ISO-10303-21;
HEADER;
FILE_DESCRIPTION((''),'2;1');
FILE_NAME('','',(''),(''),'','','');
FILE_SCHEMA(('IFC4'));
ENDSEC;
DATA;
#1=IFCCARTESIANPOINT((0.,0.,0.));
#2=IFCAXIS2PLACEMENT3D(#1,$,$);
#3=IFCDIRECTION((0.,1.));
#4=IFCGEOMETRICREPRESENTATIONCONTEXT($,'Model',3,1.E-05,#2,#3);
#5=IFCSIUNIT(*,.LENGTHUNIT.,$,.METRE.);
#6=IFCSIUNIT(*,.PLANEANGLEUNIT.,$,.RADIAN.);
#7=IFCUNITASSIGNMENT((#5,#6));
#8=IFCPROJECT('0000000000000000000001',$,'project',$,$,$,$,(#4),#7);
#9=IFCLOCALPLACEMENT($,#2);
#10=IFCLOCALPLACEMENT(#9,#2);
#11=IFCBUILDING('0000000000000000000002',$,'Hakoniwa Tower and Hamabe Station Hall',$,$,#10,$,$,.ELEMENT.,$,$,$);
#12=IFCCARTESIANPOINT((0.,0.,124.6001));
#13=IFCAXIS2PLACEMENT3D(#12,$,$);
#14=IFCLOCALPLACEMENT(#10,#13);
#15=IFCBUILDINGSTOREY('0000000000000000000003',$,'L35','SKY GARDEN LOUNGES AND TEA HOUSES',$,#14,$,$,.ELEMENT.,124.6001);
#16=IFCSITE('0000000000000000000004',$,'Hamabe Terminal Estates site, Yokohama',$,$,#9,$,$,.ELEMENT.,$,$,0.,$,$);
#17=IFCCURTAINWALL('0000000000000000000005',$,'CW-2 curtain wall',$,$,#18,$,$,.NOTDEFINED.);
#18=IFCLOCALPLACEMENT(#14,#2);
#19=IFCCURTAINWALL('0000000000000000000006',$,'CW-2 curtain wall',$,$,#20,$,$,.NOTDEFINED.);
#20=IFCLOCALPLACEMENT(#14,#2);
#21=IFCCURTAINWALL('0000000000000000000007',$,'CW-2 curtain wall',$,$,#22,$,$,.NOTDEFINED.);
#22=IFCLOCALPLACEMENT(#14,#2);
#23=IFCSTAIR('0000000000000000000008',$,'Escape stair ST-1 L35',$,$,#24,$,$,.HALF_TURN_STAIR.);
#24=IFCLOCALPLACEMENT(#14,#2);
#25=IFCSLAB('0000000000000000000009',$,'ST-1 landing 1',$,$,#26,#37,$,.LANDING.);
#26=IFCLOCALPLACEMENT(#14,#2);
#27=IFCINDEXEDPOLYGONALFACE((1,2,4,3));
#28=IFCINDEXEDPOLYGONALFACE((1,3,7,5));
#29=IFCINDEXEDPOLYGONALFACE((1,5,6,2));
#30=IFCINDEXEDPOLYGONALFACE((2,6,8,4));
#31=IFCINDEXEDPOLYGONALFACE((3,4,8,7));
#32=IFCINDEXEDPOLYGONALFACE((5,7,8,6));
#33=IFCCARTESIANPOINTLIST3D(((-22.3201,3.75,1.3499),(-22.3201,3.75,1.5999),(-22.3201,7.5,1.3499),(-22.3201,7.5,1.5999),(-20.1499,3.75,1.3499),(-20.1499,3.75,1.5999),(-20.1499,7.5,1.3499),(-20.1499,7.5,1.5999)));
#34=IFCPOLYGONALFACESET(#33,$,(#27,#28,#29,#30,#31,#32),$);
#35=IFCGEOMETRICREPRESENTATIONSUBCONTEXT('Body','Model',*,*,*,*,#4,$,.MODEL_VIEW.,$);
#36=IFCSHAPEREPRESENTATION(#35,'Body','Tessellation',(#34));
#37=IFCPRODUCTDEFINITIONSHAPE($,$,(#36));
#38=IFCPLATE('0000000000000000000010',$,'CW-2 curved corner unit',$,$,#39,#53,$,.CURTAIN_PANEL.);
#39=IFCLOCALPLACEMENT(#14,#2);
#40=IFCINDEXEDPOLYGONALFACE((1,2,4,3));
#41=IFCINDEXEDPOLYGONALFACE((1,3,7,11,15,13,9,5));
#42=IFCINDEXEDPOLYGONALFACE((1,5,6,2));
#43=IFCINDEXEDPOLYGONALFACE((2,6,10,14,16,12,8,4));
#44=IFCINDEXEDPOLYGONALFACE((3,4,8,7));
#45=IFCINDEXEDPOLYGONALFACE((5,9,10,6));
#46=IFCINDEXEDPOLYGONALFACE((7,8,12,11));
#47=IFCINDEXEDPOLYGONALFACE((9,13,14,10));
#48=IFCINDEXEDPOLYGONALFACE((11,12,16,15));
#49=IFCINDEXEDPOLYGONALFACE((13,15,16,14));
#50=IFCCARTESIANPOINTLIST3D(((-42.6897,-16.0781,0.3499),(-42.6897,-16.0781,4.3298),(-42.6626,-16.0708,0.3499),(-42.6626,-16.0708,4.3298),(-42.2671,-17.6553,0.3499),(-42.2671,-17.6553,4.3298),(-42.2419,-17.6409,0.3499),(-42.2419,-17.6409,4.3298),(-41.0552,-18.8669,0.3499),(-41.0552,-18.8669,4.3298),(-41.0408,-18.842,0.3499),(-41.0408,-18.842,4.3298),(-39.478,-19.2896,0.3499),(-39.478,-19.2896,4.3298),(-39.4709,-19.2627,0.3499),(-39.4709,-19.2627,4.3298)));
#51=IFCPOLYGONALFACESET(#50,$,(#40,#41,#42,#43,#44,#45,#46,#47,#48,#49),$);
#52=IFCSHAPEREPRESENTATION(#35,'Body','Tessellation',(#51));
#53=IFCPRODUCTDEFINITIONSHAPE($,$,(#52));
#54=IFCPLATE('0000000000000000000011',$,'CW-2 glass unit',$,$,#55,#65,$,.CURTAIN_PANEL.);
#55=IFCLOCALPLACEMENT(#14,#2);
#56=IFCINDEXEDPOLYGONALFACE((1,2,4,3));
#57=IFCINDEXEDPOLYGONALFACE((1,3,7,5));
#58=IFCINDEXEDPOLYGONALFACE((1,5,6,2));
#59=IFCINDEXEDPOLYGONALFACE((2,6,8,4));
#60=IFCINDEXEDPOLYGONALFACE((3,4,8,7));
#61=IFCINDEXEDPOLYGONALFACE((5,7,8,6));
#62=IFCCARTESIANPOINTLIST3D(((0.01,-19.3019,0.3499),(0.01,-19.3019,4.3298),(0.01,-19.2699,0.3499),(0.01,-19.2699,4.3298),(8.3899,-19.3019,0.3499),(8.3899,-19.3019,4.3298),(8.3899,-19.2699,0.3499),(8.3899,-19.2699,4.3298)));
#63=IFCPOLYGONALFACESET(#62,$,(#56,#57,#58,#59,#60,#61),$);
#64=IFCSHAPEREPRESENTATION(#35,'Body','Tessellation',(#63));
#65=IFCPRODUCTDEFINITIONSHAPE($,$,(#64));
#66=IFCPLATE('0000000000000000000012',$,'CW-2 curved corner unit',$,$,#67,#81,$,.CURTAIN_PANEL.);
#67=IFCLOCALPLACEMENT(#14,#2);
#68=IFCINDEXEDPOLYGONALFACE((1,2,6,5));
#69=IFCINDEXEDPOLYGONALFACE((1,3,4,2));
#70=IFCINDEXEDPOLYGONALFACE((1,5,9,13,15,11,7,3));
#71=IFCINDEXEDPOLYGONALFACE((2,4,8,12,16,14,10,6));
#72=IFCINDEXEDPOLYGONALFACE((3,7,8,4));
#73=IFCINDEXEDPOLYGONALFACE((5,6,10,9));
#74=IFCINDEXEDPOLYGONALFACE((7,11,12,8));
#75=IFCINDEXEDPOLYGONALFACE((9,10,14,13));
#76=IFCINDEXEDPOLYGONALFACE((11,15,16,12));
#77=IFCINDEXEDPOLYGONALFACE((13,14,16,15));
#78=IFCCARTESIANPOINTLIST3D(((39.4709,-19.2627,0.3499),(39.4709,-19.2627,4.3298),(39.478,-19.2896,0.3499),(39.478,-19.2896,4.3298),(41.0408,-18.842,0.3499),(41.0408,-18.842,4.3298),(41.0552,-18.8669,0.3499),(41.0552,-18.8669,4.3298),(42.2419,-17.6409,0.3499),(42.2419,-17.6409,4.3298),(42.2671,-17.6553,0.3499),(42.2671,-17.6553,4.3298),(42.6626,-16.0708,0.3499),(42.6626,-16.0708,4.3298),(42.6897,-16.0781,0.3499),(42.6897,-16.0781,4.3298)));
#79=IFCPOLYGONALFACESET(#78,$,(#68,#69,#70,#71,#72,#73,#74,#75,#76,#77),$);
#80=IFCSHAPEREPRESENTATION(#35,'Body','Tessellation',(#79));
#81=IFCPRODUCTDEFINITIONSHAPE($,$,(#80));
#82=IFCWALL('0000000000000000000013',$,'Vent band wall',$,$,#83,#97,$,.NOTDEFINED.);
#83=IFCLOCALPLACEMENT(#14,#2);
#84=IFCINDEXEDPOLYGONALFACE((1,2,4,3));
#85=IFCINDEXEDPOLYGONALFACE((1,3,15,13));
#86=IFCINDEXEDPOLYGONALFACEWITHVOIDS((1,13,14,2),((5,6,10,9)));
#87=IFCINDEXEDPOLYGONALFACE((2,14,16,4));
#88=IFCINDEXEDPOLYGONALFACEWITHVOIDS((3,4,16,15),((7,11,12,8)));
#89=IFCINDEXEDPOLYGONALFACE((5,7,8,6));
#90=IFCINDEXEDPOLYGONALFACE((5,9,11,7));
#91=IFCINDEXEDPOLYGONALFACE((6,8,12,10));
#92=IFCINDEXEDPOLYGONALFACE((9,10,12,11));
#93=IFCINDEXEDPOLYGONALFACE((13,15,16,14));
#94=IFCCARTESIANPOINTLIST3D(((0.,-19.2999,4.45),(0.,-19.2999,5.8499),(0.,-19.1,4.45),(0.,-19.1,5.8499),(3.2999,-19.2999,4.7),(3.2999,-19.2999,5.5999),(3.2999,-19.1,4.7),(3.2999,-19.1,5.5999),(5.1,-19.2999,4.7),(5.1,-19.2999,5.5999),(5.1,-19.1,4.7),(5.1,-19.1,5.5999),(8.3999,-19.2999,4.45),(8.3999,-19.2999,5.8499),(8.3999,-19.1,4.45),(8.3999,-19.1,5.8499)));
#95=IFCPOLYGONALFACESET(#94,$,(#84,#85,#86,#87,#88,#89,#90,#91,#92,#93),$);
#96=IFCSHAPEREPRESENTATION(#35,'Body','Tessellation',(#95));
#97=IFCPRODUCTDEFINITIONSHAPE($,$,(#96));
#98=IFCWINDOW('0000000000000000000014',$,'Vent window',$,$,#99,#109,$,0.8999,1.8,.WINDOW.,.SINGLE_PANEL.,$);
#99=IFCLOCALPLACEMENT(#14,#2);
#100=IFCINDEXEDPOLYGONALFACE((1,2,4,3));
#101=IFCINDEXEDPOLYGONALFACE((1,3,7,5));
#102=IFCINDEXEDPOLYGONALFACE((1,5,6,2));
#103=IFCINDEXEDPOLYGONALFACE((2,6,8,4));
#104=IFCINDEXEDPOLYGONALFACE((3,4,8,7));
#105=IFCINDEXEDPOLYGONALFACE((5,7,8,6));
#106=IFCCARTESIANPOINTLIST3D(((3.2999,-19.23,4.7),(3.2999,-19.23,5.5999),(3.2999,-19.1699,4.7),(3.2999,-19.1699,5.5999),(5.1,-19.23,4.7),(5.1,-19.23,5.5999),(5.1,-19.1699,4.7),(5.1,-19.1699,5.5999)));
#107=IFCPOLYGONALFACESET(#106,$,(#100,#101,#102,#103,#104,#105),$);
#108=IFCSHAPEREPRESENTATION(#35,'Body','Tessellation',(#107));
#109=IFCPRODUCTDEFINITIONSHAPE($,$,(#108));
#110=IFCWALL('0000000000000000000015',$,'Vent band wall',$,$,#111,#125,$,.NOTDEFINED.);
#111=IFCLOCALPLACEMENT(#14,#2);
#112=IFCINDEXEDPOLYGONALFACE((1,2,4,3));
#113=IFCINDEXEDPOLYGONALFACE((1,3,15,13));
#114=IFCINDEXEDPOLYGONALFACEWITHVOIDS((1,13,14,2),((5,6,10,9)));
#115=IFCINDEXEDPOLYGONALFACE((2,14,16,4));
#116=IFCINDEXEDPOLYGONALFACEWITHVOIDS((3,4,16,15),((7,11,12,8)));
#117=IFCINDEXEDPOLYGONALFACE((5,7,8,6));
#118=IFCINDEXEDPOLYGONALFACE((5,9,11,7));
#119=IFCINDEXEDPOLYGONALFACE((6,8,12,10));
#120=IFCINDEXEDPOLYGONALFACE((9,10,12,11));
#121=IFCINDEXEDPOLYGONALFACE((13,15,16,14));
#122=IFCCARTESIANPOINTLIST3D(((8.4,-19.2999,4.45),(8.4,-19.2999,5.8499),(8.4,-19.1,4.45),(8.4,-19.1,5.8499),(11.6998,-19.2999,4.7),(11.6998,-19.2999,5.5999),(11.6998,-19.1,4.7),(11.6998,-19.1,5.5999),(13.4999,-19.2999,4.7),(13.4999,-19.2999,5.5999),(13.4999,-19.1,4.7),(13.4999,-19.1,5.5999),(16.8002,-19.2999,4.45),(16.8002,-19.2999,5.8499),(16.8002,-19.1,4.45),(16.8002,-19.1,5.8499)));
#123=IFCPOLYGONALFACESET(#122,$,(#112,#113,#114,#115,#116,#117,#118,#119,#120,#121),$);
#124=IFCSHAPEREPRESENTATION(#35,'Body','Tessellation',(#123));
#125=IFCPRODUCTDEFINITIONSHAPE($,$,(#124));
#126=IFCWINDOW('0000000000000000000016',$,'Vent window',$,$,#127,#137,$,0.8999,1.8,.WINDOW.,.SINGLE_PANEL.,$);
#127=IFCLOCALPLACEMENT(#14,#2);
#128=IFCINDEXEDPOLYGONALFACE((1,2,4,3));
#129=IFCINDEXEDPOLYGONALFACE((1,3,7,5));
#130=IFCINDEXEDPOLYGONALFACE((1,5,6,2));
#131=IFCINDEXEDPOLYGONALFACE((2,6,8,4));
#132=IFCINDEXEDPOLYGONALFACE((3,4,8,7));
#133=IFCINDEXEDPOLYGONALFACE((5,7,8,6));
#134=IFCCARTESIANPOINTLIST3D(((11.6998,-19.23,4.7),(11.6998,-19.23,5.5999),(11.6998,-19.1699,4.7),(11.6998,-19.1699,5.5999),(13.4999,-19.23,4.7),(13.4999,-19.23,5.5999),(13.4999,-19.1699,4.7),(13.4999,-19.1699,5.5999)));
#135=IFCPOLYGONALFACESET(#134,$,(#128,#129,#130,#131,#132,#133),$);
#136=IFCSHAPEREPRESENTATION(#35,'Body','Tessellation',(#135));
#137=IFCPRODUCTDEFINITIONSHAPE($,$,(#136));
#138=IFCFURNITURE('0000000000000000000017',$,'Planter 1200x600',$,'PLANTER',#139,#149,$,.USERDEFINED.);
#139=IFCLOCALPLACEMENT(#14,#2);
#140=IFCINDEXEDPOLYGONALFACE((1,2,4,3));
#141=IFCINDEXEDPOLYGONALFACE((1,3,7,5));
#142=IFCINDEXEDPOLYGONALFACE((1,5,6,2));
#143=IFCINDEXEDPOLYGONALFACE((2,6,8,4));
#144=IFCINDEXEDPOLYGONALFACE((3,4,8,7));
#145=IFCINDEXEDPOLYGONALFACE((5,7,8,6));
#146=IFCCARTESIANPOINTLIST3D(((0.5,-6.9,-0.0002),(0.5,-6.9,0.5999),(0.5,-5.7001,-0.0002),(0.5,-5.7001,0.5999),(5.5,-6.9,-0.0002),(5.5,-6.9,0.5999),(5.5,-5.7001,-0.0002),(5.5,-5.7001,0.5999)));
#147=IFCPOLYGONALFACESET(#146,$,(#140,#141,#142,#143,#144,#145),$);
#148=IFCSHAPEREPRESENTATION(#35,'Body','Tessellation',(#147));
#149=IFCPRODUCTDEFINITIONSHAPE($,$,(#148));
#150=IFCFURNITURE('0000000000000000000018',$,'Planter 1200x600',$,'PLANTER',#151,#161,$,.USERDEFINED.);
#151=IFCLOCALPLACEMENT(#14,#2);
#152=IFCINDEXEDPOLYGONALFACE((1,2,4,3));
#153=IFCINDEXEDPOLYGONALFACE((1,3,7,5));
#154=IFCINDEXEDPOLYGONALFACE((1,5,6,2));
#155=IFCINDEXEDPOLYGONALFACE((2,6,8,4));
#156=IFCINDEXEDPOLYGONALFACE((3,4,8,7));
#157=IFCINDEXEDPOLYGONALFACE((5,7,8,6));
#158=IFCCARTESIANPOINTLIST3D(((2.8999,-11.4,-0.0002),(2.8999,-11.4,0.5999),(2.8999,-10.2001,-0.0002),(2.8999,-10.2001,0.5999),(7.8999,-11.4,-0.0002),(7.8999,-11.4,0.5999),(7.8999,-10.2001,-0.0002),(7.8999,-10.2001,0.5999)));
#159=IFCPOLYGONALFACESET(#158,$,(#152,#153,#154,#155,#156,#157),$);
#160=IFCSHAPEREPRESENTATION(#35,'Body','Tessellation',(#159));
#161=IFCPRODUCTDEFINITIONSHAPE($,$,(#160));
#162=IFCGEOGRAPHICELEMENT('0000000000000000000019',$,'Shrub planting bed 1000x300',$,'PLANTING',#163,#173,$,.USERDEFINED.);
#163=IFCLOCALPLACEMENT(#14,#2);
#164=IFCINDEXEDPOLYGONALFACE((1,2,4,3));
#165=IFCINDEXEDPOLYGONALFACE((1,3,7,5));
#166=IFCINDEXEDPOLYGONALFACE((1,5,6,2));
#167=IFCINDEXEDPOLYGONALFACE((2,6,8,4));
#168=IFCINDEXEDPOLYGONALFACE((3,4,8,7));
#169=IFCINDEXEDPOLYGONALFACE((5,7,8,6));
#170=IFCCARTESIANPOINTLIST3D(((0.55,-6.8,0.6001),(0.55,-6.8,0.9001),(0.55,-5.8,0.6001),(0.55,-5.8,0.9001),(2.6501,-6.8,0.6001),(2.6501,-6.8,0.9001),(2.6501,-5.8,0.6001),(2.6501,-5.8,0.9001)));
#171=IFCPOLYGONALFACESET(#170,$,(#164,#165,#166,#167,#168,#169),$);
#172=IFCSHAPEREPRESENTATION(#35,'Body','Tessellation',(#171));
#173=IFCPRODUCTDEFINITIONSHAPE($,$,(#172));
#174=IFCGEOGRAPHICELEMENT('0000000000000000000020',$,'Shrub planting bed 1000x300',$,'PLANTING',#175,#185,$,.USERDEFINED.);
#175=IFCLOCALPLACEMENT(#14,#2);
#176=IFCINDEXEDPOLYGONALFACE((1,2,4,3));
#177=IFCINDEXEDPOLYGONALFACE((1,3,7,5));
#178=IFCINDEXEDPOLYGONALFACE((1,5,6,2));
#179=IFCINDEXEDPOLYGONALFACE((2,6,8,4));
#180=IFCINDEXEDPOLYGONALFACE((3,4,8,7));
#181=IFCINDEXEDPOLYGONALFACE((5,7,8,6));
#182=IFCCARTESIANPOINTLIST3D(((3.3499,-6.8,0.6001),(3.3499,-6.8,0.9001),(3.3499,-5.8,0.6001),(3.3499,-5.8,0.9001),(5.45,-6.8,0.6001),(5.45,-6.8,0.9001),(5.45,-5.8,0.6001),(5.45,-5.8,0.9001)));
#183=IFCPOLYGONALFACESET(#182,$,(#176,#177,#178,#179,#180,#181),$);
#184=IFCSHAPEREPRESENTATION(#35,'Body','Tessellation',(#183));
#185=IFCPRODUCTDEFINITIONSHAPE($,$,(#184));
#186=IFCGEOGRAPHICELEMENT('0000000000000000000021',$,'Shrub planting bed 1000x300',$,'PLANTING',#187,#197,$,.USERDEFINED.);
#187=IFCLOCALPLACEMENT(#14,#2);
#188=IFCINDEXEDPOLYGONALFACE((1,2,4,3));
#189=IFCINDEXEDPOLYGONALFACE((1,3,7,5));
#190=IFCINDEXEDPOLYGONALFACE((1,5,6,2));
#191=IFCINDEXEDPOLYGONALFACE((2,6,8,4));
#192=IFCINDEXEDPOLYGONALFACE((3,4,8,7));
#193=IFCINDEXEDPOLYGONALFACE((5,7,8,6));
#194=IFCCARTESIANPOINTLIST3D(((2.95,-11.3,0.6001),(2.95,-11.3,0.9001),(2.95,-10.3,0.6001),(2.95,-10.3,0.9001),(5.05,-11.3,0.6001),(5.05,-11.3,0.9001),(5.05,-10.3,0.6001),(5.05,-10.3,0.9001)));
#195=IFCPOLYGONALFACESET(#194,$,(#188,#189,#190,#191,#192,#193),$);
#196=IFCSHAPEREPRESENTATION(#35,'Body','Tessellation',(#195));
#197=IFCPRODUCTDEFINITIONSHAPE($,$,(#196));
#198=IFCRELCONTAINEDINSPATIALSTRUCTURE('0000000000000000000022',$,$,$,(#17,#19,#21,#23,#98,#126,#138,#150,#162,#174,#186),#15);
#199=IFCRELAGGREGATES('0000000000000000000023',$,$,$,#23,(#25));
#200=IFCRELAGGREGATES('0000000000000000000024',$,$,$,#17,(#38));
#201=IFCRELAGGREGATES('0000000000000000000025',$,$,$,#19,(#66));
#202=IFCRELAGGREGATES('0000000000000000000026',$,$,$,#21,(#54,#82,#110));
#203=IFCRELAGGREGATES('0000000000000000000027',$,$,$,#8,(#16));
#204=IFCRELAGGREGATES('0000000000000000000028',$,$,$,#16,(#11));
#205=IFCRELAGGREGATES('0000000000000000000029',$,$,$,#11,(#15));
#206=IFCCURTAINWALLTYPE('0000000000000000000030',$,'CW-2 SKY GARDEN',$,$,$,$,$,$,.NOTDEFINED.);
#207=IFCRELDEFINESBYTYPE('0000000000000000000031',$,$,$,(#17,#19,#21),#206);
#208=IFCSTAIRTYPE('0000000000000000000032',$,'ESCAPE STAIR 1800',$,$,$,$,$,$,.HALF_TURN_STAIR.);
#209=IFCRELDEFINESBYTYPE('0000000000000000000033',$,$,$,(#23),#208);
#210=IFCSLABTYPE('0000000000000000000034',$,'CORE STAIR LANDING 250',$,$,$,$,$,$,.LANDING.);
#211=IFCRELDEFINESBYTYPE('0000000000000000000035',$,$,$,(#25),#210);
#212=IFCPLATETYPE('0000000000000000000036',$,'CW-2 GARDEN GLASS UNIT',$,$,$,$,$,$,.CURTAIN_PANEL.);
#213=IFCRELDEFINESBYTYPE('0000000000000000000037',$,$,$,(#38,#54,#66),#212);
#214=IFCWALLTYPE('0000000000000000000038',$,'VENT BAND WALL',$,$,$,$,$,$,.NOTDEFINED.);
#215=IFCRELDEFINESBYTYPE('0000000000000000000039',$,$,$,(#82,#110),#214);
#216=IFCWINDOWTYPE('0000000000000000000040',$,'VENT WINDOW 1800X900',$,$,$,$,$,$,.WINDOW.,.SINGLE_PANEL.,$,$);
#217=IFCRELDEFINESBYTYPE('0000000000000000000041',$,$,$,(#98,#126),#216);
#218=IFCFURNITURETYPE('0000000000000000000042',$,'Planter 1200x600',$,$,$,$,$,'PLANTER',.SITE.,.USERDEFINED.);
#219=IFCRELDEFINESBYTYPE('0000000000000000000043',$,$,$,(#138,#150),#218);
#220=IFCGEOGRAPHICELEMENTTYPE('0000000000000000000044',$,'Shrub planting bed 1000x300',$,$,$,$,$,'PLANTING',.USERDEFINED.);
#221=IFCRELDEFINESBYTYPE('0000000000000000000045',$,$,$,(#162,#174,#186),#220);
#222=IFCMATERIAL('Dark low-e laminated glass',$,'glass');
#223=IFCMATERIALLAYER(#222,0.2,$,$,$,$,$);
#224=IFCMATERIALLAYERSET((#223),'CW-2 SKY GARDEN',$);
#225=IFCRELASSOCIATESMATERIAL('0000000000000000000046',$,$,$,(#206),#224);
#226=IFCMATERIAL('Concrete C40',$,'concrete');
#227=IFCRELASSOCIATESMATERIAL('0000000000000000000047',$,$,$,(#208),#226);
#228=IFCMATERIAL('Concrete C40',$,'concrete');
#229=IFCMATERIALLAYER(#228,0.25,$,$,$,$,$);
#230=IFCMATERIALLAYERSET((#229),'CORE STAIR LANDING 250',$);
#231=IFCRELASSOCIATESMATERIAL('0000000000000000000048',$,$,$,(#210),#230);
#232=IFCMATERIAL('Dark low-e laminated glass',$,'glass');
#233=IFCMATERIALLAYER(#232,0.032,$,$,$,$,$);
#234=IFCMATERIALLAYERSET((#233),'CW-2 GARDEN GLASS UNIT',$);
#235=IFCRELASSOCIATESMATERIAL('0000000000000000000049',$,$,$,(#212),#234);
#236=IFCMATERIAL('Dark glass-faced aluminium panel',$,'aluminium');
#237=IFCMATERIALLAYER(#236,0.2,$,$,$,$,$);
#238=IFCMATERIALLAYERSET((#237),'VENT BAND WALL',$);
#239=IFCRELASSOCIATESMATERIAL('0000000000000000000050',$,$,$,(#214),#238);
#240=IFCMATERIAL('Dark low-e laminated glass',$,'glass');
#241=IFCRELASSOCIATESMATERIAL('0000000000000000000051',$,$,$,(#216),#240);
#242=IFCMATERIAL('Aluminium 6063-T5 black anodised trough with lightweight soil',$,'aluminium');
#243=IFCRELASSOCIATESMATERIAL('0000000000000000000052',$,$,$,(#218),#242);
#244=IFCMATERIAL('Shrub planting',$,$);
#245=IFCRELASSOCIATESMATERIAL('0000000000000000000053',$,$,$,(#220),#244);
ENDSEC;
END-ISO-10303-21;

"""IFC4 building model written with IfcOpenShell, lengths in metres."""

from ifc_helpers import new_model, si_unit, direction, frame, frame_2d, origin, origin_2d, place, context, subcontext, project, spatial, polyline, rectangle, outline, extrude, material, layer, layer_set, type_object, element, fill, aggregate, save


model = new_model("IFC4")

# Units and contexts
model_context = context("Model", 3, precision=1e-05, world=origin(), true_north=direction((0.0, 1.0)))
body_context = subcontext(model_context, "Body", "Model", "MODEL_VIEW")
ifc_project = project(units=[si_unit("LENGTHUNIT", "METRE"), si_unit("PLANEANGLEUNIT", "RADIAN")], contexts=[model_context])

# Site, building, storey
site_placement = place(None, origin())
site = spatial("IfcSite", under=ifc_project, at=site_placement, Name="Hamabe Terminal Estates site, Yokohama", CompositionType="ELEMENT", RefElevation=0.0)
building_placement = place(site_placement, origin())
building = spatial("IfcBuilding", under=site, at=building_placement, Name="Hakoniwa Tower and Hamabe Station Hall", CompositionType="ELEMENT")
storey_placement = place(building_placement, frame((0.0, 0.0, 124.6001)))
storey = spatial("IfcBuildingStorey", under=building, at=storey_placement, Name="L35", Description="SKY GARDEN LOUNGES AND TEA HOUSES", CompositionType="ELEMENT", Elevation=124.6001)

# Curtain walls
ifc_material_1 = material(Name="Dark low-e laminated glass", Category="glass")
ifc_layer_1 = layer(ifc_material_1, 0.2)
ifc_layer_set_1 = layer_set([ifc_layer_1], Name="CW-2 SKY GARDEN")
curtain_wall_type = type_object("IfcCurtainWallType", Name="CW-2 SKY GARDEN", PredefinedType="NOTDEFINED", material=ifc_layer_set_1)
curtain_wall_1_placement = place(storey_placement, origin())
curtain_wall_1 = element("IfcCurtainWall", 1, at=curtain_wall_1_placement, inside=storey, type_object=curtain_wall_type, Name="CW-2 curtain wall", PredefinedType="NOTDEFINED")
curtain_wall_2_placement = place(storey_placement, origin())
curtain_wall_2 = element("IfcCurtainWall", 2, at=curtain_wall_2_placement, inside=storey, type_object=curtain_wall_type, Name="CW-2 curtain wall", PredefinedType="NOTDEFINED")

# Curtain wall
curtain_wall_3_placement = place(storey_placement, origin())
curtain_wall_3 = element("IfcCurtainWall", 3, at=curtain_wall_3_placement, inside=storey, type_object=curtain_wall_type, Name="CW-2 curtain wall", PredefinedType="NOTDEFINED")

# Stair, slab
ifc_material_2 = material(Name="Concrete C40", Category="concrete")
stair_type = type_object("IfcStairType", Name="ESCAPE STAIR 1800", PredefinedType="HALF_TURN_STAIR", material=ifc_material_2)
stair_placement = place(storey_placement, origin())
stair = element("IfcStair", 4, at=stair_placement, inside=storey, type_object=stair_type, Name="Escape stair ST-1 L35", PredefinedType="HALF_TURN_STAIR")
ifc_material_3 = material(Name="Concrete C40", Category="concrete")
ifc_layer_2 = layer(ifc_material_3, 0.25)
ifc_layer_set_2 = layer_set([ifc_layer_2], Name="CORE STAIR LANDING 250")
slab_type = type_object("IfcSlabType", Name="CORE STAIR LANDING 250", PredefinedType="LANDING", material=ifc_layer_set_2)
slab_placement = place(storey_placement, frame((0.0, 0.0, 1.3499)))
slab = element("IfcSlab", 5, at=slab_placement, type_object=slab_type, Name="ST-1 landing 1", PredefinedType="LANDING", context=body_context, shape_type="SweptSolid", body=[
    extrude(outline(polyline([(-22.3201, 3.75), (-20.1499, 3.75), (-20.1499, 7.5), (-22.3201, 7.5), (-22.3201, 3.75)])), origin(), (0.0, 0.0, 1.0), 0.25),
])
aggregate(stair, [slab])

# Plates
ifc_material_4 = material(Name="Dark low-e laminated glass", Category="glass")
ifc_layer_3 = layer(ifc_material_4, 0.032)
ifc_layer_set_3 = layer_set([ifc_layer_3], Name="CW-2 GARDEN GLASS UNIT")
plate_type = type_object("IfcPlateType", Name="CW-2 GARDEN GLASS UNIT", PredefinedType="CURTAIN_PANEL", material=ifc_layer_set_3)
plate_1_placement = place(storey_placement, frame((0.0, 0.0, 0.3499)))
plate_1 = element("IfcPlate", 6, at=plate_1_placement, type_object=plate_type, Name="CW-2 curved corner unit", PredefinedType="CURTAIN_PANEL", context=body_context, shape_type="SweptSolid", body=[
    extrude(outline(polyline([(-42.6897, -16.0781), (-42.2671, -17.6553), (-41.0552, -18.8669), (-39.478, -19.2896), (-39.4709, -19.2627), (-41.0408, -18.842), (-42.2419, -17.6409), (-42.6626, -16.0708), (-42.6897, -16.0781)])), origin(), (0.0, 0.0, 1.0), 3.98),
])
aggregate(curtain_wall_1, [plate_1])
plate_2_placement = place(storey_placement, frame((4.2, -19.2859, 0.3499), z_axis=(0.0, 0.0, 1.0), x_axis=(1.0, 0.0, 0.0)))
plate_2 = element("IfcPlate", 7, at=plate_2_placement, type_object=plate_type, Name="CW-2 glass unit", PredefinedType="CURTAIN_PANEL", context=body_context, shape_type="SweptSolid", body=[
    extrude(rectangle(XDim=8.3799, YDim=0.032, at=origin_2d()), origin(), (0.0, 0.0, 1.0), 3.98),
])
plate_3_placement = place(storey_placement, frame((0.0, 0.0, 0.3499)))
plate_3 = element("IfcPlate", 8, at=plate_3_placement, type_object=plate_type, Name="CW-2 curved corner unit", PredefinedType="CURTAIN_PANEL", context=body_context, shape_type="SweptSolid", body=[
    extrude(outline(polyline([(39.478, -19.2896), (41.0552, -18.8669), (42.2671, -17.6553), (42.6897, -16.0781), (42.6626, -16.0708), (42.2419, -17.6409), (41.0408, -18.842), (39.4709, -19.2627), (39.478, -19.2896)])), origin(), (0.0, 0.0, 1.0), 3.98),
])
aggregate(curtain_wall_2, [plate_3])

# Walls, openings, windows
ifc_material_5 = material(Name="Dark glass-faced aluminium panel", Category="aluminium")
ifc_layer_4 = layer(ifc_material_5, 0.2)
ifc_layer_set_4 = layer_set([ifc_layer_4], Name="VENT BAND WALL")
wall_type = type_object("IfcWallType", Name="VENT BAND WALL", PredefinedType="NOTDEFINED", material=ifc_layer_set_4)
wall_1_placement = place(storey_placement, frame((0.0, -19.2, 4.45), z_axis=(0.0, 0.0, 1.0), x_axis=(1.0, 0.0, 0.0)))
wall_1 = element("IfcWall", 9, at=wall_1_placement, type_object=wall_type, Name="Vent band wall", PredefinedType="NOTDEFINED", context=body_context, shape_type="SweptSolid", body=[
    extrude(rectangle(XDim=8.3999, YDim=0.2, at=frame_2d((4.2, 0.0))), origin(), (0.0, 0.0, 1.0), 1.3999),
])
opening_1_placement = place(wall_1_placement, frame((3.3, 0.0, 0.25)))
opening_1 = element("IfcOpeningElement", 10, at=opening_1_placement, cuts=wall_1, PredefinedType="OPENING", context=body_context, shape_type="SweptSolid", body=[
    extrude(rectangle(XDim=1.8, YDim=0.8999, at=frame_2d((0.8999, 0.45))), frame((0.0, 0.1099, 0.0), z_axis=(0.0, -1.0, 0.0), x_axis=(1.0, 0.0, 0.0)), (0.0, 0.0, 1.0), 0.22),
])
ifc_material_6 = material(Name="Dark low-e laminated glass", Category="glass")
window_type = type_object("IfcWindowType", Name="VENT WINDOW 1800X900", PartitioningType="SINGLE_PANEL", PredefinedType="WINDOW", material=ifc_material_6)
window_1_placement = place(opening_1_placement, origin())
window_1 = element("IfcWindow", 11, at=window_1_placement, inside=storey, type_object=window_type, Name="Vent window", OverallHeight=0.8999, OverallWidth=1.8, PartitioningType="SINGLE_PANEL", PredefinedType="WINDOW", context=body_context, shape_type="SweptSolid", body=[
    extrude(rectangle(XDim=1.8, YDim=0.8999, at=frame_2d((0.8999, 0.45))), frame((0.0, 0.03, 0.0), z_axis=(0.0, -1.0, 0.0), x_axis=(1.0, 0.0, 0.0)), (0.0, 0.0, 1.0), 0.0601),
])
fill(opening_1, window_1)
wall_2_placement = place(storey_placement, frame((8.3999, -19.2, 4.45), z_axis=(0.0, 0.0, 1.0), x_axis=(1.0, 0.0, 0.0)))
wall_2 = element("IfcWall", 12, at=wall_2_placement, type_object=wall_type, Name="Vent band wall", PredefinedType="NOTDEFINED", context=body_context, shape_type="SweptSolid", body=[
    extrude(rectangle(XDim=8.4001, YDim=0.2, at=frame_2d((4.2002, 0.0))), origin(), (0.0, 0.0, 1.0), 1.3999),
])
opening_2_placement = place(wall_2_placement, frame((3.3, 0.0, 0.25)))
opening_2 = element("IfcOpeningElement", 13, at=opening_2_placement, cuts=wall_2, PredefinedType="OPENING", context=body_context, shape_type="SweptSolid", body=[
    extrude(rectangle(XDim=1.8, YDim=0.8999, at=frame_2d((0.8999, 0.45))), frame((0.0, 0.1099, 0.0), z_axis=(0.0, -1.0, 0.0), x_axis=(1.0, 0.0, 0.0)), (0.0, 0.0, 1.0), 0.22),
])
window_2_placement = place(opening_2_placement, origin())
window_2 = element("IfcWindow", 14, at=window_2_placement, inside=storey, type_object=window_type, Name="Vent window", OverallHeight=0.8999, OverallWidth=1.8, PartitioningType="SINGLE_PANEL", PredefinedType="WINDOW", context=body_context, shape_type="SweptSolid", body=[
    extrude(rectangle(XDim=1.8, YDim=0.8999, at=frame_2d((0.8999, 0.45))), frame((0.0, 0.03, 0.0), z_axis=(0.0, -1.0, 0.0), x_axis=(1.0, 0.0, 0.0)), (0.0, 0.0, 1.0), 0.0601),
])
fill(opening_2, window_2)
aggregate(curtain_wall_3, [plate_2, wall_1, wall_2])

# Furniture
ifc_material_7 = material(Name="Aluminium 6063-T5 black anodised trough with lightweight soil", Category="aluminium")
furniture_type = type_object("IfcFurnitureType", Name="Planter 1200x600", ElementType="PLANTER", AssemblyPlace="SITE", PredefinedType="USERDEFINED", material=ifc_material_7)
for number, where, z_axis, x_axis, name in (
    (15, (3.0, -6.3, -0.0002), (0.0, 0.0, 1.0), (1.0, 0.0, 0.0), "Planter 1200x600"),
    (16, (5.3999, -10.8, -0.0002), (0.0, 0.0, 1.0), (1.0, 0.0, 0.0), "Planter 1200x600"),
):
    element("IfcFurniture", number, at=place(storey_placement, frame(where, z_axis=z_axis, x_axis=x_axis)), inside=storey, type_object=furniture_type, Name=name, ObjectType="PLANTER", PredefinedType="USERDEFINED", context=body_context, shape_type="SweptSolid", body=[
        extrude(rectangle(XDim=5.0, YDim=1.2, at=origin_2d()), origin(), (0.0, 0.0, 1.0), 0.6001),
    ])

# Geographic elements
ifc_material_8 = material(Name="Shrub planting")
geographic_element_type = type_object("IfcGeographicElementType", Name="Shrub planting bed 1000x300", ElementType="PLANTING", PredefinedType="USERDEFINED", material=ifc_material_8)
for number, where, z_axis, x_axis, name in (
    (17, (1.6001, -6.3, 0.6001), (0.0, 0.0, 1.0), (1.0, 0.0, 0.0), "Shrub planting bed 1000x300"),
    (18, (4.3999, -6.3, 0.6001), (0.0, 0.0, 1.0), (1.0, 0.0, 0.0), "Shrub planting bed 1000x300"),
    (19, (4.0, -10.8, 0.6001), (0.0, 0.0, 1.0), (1.0, 0.0, 0.0), "Shrub planting bed 1000x300"),
):
    element("IfcGeographicElement", number, at=place(storey_placement, frame(where, z_axis=z_axis, x_axis=x_axis)), inside=storey, type_object=geographic_element_type, Name=name, ObjectType="PLANTING", PredefinedType="USERDEFINED", context=body_context, shape_type="SweptSolid", body=[
        extrude(rectangle(XDim=2.1001, YDim=1.0, at=origin_2d()), origin(), (0.0, 0.0, 1.0), 0.3),
    ])

save(model, "model.ifc")
